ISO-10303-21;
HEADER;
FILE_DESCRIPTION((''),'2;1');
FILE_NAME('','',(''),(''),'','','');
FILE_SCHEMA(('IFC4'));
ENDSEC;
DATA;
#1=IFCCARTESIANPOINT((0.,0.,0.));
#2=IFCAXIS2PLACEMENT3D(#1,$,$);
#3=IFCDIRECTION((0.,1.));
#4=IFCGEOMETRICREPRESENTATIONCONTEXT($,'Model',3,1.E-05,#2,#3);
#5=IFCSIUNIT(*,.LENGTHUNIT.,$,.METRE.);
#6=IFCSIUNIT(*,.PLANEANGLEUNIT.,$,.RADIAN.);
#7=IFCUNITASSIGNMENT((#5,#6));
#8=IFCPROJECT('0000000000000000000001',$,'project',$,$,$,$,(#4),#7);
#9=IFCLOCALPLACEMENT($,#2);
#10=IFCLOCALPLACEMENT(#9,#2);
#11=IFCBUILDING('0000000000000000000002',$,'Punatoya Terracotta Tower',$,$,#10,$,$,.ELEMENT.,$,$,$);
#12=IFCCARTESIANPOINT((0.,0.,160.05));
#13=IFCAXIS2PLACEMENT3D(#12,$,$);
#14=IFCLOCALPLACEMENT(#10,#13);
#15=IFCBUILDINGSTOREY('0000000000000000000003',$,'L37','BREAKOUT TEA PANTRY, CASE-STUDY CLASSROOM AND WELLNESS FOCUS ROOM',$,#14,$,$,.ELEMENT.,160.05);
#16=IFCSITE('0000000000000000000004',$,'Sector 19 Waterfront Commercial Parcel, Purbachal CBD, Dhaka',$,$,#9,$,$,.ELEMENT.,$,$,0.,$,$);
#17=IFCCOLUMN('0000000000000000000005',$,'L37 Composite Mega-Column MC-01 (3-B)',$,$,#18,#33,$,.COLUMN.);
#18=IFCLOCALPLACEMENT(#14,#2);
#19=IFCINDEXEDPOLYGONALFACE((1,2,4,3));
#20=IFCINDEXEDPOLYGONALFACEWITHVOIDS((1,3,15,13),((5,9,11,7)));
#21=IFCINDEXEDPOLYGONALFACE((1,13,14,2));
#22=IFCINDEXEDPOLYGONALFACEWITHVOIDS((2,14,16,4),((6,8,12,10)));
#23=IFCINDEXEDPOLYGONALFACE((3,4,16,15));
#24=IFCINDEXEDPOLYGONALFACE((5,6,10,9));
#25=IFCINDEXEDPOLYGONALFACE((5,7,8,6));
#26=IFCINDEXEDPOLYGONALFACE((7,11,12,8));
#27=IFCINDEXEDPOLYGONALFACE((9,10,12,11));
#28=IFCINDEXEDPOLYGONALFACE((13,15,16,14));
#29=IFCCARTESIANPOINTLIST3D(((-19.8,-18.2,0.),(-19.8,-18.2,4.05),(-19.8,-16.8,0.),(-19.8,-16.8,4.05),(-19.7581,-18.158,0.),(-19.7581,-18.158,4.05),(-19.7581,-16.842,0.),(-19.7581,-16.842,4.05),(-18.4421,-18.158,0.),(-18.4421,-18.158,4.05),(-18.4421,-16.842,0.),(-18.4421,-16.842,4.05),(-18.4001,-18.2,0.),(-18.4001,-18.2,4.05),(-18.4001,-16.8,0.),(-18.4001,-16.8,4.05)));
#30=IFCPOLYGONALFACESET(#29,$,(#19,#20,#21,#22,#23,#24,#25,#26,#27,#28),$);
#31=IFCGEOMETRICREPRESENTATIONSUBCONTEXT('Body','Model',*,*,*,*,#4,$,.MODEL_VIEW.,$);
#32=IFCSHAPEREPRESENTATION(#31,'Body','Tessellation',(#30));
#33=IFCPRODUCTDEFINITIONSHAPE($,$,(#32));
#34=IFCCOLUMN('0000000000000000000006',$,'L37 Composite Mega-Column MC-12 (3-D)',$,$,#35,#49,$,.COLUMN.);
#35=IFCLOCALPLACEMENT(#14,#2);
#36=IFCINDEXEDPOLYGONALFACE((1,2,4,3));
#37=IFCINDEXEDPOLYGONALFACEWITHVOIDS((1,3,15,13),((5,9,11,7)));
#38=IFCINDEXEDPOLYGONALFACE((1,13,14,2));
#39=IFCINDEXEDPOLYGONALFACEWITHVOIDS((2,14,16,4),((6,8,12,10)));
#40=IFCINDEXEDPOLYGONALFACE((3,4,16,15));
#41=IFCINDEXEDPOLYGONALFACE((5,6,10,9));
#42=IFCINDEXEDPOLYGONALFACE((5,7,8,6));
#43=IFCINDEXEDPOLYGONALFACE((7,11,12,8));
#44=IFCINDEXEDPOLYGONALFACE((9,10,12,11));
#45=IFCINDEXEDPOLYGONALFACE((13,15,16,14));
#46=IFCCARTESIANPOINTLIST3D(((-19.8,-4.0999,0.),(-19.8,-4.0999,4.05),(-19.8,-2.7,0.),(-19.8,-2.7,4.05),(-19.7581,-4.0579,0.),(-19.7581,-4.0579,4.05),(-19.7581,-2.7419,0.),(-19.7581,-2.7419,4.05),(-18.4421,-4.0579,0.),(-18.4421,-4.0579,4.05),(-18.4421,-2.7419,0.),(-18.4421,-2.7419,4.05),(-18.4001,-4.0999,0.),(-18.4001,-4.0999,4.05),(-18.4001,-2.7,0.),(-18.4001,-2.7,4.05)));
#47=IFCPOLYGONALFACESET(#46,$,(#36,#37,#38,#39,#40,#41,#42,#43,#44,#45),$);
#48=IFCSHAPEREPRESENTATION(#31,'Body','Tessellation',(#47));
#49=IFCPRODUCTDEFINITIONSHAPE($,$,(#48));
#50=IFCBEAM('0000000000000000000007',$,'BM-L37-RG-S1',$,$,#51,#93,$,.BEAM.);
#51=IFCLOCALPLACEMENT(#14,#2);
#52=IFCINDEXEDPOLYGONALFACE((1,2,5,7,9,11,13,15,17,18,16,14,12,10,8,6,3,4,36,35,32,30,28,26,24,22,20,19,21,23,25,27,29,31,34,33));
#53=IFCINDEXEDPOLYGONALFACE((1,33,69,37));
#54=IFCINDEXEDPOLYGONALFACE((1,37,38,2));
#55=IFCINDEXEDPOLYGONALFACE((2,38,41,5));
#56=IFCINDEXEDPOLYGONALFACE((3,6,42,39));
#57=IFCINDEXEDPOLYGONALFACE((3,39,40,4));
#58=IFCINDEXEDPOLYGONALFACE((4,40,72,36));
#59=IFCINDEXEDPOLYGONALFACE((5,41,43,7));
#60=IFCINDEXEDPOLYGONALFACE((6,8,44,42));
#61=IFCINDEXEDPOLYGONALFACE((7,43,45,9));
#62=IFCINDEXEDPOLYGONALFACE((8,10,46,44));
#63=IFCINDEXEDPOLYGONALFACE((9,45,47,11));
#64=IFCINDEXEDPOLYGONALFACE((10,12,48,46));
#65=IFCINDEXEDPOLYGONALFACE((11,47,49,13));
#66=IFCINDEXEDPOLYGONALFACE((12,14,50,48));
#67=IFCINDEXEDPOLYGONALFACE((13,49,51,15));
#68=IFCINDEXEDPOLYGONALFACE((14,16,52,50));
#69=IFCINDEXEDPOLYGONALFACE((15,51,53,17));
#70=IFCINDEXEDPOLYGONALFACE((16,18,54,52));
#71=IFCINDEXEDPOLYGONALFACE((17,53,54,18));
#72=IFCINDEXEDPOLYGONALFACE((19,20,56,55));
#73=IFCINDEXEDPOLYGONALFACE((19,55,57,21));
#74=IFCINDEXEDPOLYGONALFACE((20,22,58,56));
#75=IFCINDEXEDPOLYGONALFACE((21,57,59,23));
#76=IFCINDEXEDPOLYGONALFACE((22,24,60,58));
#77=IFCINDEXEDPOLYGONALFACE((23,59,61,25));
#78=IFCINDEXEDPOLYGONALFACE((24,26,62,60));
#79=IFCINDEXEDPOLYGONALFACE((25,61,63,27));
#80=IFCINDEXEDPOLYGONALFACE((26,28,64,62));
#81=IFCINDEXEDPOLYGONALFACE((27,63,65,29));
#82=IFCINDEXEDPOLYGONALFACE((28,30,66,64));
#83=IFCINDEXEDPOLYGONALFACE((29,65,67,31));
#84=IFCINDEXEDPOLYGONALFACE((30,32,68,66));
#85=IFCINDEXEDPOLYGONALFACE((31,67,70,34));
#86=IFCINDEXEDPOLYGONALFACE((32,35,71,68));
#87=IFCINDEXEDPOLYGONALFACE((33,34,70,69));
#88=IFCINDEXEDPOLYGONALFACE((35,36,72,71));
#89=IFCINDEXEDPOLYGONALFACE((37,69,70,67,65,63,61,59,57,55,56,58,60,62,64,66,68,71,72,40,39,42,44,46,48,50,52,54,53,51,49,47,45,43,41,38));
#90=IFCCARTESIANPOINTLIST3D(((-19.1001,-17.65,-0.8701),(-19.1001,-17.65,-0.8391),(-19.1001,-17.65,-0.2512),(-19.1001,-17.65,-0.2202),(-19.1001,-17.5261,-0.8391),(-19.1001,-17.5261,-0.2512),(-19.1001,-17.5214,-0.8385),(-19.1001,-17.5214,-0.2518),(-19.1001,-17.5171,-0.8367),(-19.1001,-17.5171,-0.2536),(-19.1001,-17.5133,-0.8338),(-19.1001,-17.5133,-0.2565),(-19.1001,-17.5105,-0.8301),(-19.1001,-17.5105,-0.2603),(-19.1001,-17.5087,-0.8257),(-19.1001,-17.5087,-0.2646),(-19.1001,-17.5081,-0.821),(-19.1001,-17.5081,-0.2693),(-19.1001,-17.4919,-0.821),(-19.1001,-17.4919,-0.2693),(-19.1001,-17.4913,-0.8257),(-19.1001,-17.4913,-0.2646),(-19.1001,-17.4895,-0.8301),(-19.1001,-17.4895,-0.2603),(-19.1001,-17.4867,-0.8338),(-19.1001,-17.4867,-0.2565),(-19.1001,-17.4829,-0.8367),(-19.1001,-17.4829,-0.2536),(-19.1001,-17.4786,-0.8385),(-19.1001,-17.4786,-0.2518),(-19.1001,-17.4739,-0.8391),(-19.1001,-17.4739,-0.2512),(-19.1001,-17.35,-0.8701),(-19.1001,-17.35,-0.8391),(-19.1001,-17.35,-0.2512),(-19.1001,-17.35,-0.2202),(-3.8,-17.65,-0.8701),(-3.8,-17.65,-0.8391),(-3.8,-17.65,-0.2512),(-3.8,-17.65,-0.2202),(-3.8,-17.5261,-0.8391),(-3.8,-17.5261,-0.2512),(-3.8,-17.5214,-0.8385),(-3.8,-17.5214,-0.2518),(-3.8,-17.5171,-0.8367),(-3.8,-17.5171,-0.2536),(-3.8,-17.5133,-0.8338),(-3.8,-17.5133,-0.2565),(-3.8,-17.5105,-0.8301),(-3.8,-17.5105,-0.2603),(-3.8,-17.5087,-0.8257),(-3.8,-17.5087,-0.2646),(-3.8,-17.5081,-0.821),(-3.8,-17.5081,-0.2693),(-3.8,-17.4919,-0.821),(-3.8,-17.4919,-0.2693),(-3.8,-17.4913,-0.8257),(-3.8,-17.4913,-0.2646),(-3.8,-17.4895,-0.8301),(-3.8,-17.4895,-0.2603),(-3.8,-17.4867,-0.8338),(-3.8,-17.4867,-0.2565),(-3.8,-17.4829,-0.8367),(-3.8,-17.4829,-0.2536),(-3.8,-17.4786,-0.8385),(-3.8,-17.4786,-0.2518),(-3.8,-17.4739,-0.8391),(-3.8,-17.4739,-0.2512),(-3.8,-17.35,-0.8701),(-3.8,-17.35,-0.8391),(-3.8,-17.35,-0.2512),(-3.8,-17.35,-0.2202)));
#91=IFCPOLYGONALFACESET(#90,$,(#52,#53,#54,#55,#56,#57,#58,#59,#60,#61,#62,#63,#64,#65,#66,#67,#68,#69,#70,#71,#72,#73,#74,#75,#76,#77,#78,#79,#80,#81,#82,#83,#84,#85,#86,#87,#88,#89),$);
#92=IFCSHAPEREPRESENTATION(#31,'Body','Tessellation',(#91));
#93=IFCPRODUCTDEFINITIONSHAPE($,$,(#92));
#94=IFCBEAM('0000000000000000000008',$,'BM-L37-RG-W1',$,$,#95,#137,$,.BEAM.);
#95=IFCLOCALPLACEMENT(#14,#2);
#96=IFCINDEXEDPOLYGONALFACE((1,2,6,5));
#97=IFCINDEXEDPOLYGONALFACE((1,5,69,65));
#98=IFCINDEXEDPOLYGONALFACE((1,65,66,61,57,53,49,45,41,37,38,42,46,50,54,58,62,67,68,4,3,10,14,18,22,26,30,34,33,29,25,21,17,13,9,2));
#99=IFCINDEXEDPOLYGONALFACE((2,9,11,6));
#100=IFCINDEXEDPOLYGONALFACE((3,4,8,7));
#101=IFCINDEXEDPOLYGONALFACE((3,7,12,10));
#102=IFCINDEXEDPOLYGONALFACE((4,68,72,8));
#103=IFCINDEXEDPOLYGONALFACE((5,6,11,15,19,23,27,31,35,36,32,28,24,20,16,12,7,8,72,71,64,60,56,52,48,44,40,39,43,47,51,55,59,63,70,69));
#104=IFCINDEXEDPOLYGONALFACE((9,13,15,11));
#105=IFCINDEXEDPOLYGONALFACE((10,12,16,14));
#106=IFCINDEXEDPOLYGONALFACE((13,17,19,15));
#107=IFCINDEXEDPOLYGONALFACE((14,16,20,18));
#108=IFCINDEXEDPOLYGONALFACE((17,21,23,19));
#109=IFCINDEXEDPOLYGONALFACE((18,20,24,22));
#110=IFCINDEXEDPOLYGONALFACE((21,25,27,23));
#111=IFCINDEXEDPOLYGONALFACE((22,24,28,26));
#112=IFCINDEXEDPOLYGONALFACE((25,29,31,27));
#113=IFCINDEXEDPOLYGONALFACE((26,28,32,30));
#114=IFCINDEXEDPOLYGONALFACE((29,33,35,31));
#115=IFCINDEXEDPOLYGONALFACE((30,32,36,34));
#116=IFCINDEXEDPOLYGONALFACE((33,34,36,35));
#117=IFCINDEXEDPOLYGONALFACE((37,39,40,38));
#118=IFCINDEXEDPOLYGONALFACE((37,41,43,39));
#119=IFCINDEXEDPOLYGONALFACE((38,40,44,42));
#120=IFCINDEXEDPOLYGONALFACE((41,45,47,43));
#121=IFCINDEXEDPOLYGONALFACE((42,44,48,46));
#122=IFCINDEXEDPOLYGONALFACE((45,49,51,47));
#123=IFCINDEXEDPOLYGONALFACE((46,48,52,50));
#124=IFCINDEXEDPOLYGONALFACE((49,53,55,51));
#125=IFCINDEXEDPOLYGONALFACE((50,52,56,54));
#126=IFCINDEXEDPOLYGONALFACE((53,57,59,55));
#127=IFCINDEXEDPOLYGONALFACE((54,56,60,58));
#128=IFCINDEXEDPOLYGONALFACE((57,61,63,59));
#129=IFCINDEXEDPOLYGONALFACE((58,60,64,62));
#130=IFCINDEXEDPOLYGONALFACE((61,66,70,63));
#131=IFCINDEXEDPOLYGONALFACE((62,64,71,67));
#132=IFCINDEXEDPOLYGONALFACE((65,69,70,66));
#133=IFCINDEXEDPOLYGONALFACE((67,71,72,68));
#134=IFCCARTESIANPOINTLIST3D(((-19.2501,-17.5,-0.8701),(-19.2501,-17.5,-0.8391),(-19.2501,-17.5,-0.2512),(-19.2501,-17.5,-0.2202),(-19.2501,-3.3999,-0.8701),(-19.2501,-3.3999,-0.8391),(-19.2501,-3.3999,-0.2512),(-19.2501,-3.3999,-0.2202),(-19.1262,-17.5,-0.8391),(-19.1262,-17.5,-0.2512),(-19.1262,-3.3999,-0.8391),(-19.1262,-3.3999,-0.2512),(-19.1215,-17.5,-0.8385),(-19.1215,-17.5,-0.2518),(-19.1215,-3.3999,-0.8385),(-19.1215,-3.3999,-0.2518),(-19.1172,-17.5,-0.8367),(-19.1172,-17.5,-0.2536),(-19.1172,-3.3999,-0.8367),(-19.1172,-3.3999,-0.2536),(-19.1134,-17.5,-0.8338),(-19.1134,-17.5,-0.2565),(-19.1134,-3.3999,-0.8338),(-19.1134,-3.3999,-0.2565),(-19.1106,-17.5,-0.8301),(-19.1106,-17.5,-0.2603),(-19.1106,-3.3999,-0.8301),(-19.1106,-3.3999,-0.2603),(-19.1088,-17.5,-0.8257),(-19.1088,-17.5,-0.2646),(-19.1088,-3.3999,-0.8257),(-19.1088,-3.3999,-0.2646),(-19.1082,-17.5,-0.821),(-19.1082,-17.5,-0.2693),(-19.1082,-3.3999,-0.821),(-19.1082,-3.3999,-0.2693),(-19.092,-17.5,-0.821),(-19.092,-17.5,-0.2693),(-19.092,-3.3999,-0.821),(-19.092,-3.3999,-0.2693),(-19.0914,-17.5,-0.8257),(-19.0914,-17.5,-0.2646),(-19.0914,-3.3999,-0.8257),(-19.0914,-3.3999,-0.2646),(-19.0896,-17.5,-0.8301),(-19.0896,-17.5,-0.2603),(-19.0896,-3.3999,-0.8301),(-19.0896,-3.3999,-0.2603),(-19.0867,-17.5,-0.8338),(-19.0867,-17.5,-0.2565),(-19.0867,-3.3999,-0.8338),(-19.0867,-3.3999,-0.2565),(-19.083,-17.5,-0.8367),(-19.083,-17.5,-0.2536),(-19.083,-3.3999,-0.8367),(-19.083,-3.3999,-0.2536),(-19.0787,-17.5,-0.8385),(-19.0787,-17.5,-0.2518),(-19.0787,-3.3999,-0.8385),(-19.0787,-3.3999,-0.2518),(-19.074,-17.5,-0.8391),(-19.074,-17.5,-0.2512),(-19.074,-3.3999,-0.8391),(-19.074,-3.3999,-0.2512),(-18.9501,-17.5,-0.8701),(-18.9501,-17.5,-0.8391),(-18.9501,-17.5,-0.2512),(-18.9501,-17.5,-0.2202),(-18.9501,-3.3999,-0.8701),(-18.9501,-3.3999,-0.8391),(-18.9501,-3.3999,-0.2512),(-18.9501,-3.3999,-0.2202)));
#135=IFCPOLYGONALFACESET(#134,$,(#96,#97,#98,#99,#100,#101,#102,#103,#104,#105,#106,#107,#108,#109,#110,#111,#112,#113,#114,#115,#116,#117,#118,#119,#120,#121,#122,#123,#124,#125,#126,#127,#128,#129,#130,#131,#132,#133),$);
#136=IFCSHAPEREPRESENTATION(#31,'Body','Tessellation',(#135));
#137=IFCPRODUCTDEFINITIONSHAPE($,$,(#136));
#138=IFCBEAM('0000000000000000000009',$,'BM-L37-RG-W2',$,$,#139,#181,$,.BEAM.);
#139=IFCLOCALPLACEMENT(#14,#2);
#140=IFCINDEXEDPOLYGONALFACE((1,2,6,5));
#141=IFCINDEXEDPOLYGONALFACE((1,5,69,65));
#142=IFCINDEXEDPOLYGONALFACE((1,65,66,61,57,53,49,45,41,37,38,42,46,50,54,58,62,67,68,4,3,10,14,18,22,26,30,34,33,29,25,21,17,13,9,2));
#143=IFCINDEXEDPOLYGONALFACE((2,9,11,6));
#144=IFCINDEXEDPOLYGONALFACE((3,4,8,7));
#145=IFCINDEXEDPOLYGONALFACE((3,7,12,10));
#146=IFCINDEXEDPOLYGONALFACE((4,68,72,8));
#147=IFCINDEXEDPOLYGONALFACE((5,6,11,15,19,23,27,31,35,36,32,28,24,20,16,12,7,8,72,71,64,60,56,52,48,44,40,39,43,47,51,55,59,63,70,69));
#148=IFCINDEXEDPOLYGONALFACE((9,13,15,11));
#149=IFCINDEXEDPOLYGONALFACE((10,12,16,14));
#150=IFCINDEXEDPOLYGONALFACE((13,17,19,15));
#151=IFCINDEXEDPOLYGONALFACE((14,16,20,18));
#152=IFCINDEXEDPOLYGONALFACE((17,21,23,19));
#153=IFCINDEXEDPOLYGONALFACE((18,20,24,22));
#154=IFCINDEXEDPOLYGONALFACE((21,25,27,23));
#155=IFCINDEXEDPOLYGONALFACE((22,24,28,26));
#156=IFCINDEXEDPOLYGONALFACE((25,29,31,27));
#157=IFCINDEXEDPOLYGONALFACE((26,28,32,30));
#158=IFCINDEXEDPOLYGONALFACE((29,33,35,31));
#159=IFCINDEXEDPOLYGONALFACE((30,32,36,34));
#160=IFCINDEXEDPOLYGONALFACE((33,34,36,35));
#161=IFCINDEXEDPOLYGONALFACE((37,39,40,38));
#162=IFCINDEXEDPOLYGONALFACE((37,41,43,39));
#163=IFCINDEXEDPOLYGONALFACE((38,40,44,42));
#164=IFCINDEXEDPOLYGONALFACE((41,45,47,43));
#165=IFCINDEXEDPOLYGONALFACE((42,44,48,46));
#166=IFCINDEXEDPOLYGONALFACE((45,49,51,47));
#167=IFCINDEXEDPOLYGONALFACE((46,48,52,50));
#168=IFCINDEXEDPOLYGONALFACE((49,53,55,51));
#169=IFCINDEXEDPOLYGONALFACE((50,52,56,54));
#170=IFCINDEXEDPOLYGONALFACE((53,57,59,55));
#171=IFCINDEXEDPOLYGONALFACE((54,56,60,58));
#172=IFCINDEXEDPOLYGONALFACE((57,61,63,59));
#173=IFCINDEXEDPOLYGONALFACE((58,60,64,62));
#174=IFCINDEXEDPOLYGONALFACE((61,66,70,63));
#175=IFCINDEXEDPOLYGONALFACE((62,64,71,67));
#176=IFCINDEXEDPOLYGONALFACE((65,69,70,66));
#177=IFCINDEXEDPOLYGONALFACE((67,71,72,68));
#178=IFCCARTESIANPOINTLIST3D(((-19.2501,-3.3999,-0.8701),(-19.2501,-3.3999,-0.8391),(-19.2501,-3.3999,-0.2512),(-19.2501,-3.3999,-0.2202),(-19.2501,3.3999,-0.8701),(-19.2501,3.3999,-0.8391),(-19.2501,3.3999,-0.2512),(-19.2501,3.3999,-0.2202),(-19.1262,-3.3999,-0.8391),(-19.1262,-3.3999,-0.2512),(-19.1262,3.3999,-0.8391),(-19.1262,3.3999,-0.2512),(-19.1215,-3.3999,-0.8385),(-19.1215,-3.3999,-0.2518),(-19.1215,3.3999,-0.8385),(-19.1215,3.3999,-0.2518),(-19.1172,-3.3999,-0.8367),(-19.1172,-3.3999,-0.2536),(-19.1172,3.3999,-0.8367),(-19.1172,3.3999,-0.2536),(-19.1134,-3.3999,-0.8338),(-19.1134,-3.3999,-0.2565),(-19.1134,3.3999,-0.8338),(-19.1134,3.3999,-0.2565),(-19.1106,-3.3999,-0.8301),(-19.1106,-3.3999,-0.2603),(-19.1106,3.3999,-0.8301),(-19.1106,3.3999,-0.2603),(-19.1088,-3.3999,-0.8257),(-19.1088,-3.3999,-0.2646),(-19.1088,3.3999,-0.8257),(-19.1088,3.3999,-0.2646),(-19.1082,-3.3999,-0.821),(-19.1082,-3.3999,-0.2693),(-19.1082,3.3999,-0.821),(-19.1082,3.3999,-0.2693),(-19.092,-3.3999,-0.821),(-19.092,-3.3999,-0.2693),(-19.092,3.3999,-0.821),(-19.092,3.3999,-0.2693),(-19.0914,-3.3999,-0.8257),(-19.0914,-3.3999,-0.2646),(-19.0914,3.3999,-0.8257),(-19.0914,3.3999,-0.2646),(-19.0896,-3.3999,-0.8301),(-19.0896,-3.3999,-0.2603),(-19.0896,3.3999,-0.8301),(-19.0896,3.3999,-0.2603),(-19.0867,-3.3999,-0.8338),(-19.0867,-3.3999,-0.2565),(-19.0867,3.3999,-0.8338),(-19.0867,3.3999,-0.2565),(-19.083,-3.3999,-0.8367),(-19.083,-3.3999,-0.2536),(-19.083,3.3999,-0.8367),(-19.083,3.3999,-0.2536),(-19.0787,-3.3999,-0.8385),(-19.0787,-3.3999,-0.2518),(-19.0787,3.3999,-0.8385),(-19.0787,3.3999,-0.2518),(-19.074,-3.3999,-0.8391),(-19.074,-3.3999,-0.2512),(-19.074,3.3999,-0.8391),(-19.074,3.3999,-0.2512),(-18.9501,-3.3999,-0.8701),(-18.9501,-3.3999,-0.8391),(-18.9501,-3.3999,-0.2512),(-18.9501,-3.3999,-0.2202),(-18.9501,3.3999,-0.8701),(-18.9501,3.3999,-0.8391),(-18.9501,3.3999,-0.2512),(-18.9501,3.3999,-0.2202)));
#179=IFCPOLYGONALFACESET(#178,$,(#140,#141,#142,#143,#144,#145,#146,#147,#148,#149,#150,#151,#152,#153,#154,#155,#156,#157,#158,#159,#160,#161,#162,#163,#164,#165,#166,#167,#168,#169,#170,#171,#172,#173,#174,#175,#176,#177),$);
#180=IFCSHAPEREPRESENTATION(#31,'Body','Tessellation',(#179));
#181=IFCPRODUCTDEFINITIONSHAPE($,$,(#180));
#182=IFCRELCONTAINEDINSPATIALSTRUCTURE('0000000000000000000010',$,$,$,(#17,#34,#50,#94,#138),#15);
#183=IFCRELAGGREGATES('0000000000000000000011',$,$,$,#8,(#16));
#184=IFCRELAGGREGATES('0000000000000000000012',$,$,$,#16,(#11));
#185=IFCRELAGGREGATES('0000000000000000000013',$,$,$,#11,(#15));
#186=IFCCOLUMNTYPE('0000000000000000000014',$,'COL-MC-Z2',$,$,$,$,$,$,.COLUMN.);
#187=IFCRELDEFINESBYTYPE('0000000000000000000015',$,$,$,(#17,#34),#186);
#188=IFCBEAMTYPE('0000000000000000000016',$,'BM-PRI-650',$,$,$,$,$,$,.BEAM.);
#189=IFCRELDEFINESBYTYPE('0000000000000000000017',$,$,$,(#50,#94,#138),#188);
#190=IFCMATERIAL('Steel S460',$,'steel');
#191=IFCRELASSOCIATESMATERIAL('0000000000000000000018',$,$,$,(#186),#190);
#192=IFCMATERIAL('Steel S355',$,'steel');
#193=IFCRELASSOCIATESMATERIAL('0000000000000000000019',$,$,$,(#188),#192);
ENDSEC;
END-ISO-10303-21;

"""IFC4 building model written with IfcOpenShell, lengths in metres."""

from ifc_helpers import new_model, si_unit, direction, frame, origin, origin_2d, place, context, subcontext, project, spatial, hollow_rectangle, i_section, extrude, material, material_profile, profile_set, type_object, element, save


model = new_model("IFC4")

# Units and contexts
model_context = context("Model", 3, precision=1e-05, world=origin(), true_north=direction((0.0, 1.0)))
body_context = subcontext(model_context, "Body", "Model", "MODEL_VIEW")
ifc_project = project(units=[si_unit("LENGTHUNIT", "METRE"), si_unit("PLANEANGLEUNIT", "RADIAN")], contexts=[model_context])

# Site, building, storey
site_placement = place(None, origin())
site = spatial("IfcSite", under=ifc_project, at=site_placement, Name="Sector 19 Waterfront Commercial Parcel, Purbachal CBD, Dhaka", CompositionType="ELEMENT", RefElevation=0.0)
building_placement = place(site_placement, origin())
building = spatial("IfcBuilding", under=site, at=building_placement, Name="Punatoya Terracotta Tower", CompositionType="ELEMENT")
storey_placement = place(building_placement, frame((0.0, 0.0, 160.05)))
storey = spatial("IfcBuildingStorey", under=building, at=storey_placement, Name="L37", Description="BREAKOUT TEA PANTRY, CASE-STUDY CLASSROOM AND WELLNESS FOCUS ROOM", CompositionType="ELEMENT", Elevation=160.05)

# Columns
ifc_material_1 = material(Name="Steel S460", Category="steel")
ifc_material_profile_1 = material_profile(ifc_material_1, hollow_rectangle(XDim=1.3999, YDim=1.3999, WallThickness=0.042, at=origin_2d()))
ifc_profile_set_1 = profile_set([ifc_material_profile_1], Name="Steel S460")
column_type = type_object("IfcColumnType", Name="COL-MC-Z2", PredefinedType="COLUMN", material=ifc_profile_set_1)
for number, where, z_axis, x_axis, name in (
    (1, (-19.1001, -17.5, 0.0), (0.0, 0.0, 1.0), (1.0, 0.0, 0.0), "L37 Composite Mega-Column MC-01 (3-B)"),
    (2, (-19.1001, -3.3999, 0.0), (0.0, 0.0, 1.0), (1.0, 0.0, 0.0), "L37 Composite Mega-Column MC-12 (3-D)"),
):
    element("IfcColumn", number, at=place(storey_placement, frame(where, z_axis=z_axis, x_axis=x_axis)), inside=storey, type_object=column_type, Name=name, PredefinedType="COLUMN", context=body_context, shape_type="SweptSolid", body=[
        extrude(hollow_rectangle(XDim=1.3999, YDim=1.3999, WallThickness=0.042, at=origin_2d()), origin(), (0.0, 0.0, 1.0), 4.05),
    ])

# Beams
ifc_material_2 = material(Name="Steel S355", Category="steel")
ifc_material_profile_2 = material_profile(ifc_material_2, i_section(OverallWidth=0.3, OverallDepth=0.6499, WebThickness=0.0161, FlangeThickness=0.031, FilletRadius=0.0181, at=origin_2d()))
ifc_profile_set_2 = profile_set([ifc_material_profile_2], Name="Steel S355")
beam_type_1 = type_object("IfcBeamType", Name="BM-PRI-650", PredefinedType="BEAM", material=ifc_profile_set_2)
beam_1_placement = place(storey_placement, frame((-19.1001, -17.5, -0.5452), z_axis=(1.0, 0.0, 0.0), x_axis=(0.0, 1.0, 0.0)))
element("IfcBeam", 3, at=beam_1_placement, inside=storey, type_object=beam_type_1, Name="BM-L37-RG-S1", PredefinedType="BEAM", context=body_context, shape_type="SweptSolid", body=[
    extrude(i_section(OverallWidth=0.3, OverallDepth=0.6499, WebThickness=0.0161, FlangeThickness=0.031, FilletRadius=0.0181, at=origin_2d()), origin(), (0.0, 0.0, 1.0), 15.3),
])
beam_2_placement = place(storey_placement, frame((-19.1001, -17.5, -0.5452), z_axis=(0.0, 1.0, 0.0), x_axis=(-1.0, 0.0, 0.0)))
element("IfcBeam", 4, at=beam_2_placement, inside=storey, type_object=beam_type_1, Name="BM-L37-RG-W1", PredefinedType="BEAM", context=body_context, shape_type="SweptSolid", body=[
    extrude(i_section(OverallWidth=0.3, OverallDepth=0.6499, WebThickness=0.0161, FlangeThickness=0.031, FilletRadius=0.0181, at=origin_2d()), origin(), (0.0, 0.0, 1.0), 14.1001),
])
beam_3_placement = place(storey_placement, frame((-19.1001, -3.3999, -0.5452), z_axis=(0.0, 1.0, 0.0), x_axis=(-1.0, 0.0, 0.0)))
element("IfcBeam", 5, at=beam_3_placement, inside=storey, type_object=beam_type_1, Name="BM-L37-RG-W2", PredefinedType="BEAM", context=body_context, shape_type="SweptSolid", body=[
    extrude(i_section(OverallWidth=0.3, OverallDepth=0.6499, WebThickness=0.0161, FlangeThickness=0.031, FilletRadius=0.0181, at=origin_2d()), origin(), (0.0, 0.0, 1.0), 6.7998),
])

save(model, "model.ifc")
